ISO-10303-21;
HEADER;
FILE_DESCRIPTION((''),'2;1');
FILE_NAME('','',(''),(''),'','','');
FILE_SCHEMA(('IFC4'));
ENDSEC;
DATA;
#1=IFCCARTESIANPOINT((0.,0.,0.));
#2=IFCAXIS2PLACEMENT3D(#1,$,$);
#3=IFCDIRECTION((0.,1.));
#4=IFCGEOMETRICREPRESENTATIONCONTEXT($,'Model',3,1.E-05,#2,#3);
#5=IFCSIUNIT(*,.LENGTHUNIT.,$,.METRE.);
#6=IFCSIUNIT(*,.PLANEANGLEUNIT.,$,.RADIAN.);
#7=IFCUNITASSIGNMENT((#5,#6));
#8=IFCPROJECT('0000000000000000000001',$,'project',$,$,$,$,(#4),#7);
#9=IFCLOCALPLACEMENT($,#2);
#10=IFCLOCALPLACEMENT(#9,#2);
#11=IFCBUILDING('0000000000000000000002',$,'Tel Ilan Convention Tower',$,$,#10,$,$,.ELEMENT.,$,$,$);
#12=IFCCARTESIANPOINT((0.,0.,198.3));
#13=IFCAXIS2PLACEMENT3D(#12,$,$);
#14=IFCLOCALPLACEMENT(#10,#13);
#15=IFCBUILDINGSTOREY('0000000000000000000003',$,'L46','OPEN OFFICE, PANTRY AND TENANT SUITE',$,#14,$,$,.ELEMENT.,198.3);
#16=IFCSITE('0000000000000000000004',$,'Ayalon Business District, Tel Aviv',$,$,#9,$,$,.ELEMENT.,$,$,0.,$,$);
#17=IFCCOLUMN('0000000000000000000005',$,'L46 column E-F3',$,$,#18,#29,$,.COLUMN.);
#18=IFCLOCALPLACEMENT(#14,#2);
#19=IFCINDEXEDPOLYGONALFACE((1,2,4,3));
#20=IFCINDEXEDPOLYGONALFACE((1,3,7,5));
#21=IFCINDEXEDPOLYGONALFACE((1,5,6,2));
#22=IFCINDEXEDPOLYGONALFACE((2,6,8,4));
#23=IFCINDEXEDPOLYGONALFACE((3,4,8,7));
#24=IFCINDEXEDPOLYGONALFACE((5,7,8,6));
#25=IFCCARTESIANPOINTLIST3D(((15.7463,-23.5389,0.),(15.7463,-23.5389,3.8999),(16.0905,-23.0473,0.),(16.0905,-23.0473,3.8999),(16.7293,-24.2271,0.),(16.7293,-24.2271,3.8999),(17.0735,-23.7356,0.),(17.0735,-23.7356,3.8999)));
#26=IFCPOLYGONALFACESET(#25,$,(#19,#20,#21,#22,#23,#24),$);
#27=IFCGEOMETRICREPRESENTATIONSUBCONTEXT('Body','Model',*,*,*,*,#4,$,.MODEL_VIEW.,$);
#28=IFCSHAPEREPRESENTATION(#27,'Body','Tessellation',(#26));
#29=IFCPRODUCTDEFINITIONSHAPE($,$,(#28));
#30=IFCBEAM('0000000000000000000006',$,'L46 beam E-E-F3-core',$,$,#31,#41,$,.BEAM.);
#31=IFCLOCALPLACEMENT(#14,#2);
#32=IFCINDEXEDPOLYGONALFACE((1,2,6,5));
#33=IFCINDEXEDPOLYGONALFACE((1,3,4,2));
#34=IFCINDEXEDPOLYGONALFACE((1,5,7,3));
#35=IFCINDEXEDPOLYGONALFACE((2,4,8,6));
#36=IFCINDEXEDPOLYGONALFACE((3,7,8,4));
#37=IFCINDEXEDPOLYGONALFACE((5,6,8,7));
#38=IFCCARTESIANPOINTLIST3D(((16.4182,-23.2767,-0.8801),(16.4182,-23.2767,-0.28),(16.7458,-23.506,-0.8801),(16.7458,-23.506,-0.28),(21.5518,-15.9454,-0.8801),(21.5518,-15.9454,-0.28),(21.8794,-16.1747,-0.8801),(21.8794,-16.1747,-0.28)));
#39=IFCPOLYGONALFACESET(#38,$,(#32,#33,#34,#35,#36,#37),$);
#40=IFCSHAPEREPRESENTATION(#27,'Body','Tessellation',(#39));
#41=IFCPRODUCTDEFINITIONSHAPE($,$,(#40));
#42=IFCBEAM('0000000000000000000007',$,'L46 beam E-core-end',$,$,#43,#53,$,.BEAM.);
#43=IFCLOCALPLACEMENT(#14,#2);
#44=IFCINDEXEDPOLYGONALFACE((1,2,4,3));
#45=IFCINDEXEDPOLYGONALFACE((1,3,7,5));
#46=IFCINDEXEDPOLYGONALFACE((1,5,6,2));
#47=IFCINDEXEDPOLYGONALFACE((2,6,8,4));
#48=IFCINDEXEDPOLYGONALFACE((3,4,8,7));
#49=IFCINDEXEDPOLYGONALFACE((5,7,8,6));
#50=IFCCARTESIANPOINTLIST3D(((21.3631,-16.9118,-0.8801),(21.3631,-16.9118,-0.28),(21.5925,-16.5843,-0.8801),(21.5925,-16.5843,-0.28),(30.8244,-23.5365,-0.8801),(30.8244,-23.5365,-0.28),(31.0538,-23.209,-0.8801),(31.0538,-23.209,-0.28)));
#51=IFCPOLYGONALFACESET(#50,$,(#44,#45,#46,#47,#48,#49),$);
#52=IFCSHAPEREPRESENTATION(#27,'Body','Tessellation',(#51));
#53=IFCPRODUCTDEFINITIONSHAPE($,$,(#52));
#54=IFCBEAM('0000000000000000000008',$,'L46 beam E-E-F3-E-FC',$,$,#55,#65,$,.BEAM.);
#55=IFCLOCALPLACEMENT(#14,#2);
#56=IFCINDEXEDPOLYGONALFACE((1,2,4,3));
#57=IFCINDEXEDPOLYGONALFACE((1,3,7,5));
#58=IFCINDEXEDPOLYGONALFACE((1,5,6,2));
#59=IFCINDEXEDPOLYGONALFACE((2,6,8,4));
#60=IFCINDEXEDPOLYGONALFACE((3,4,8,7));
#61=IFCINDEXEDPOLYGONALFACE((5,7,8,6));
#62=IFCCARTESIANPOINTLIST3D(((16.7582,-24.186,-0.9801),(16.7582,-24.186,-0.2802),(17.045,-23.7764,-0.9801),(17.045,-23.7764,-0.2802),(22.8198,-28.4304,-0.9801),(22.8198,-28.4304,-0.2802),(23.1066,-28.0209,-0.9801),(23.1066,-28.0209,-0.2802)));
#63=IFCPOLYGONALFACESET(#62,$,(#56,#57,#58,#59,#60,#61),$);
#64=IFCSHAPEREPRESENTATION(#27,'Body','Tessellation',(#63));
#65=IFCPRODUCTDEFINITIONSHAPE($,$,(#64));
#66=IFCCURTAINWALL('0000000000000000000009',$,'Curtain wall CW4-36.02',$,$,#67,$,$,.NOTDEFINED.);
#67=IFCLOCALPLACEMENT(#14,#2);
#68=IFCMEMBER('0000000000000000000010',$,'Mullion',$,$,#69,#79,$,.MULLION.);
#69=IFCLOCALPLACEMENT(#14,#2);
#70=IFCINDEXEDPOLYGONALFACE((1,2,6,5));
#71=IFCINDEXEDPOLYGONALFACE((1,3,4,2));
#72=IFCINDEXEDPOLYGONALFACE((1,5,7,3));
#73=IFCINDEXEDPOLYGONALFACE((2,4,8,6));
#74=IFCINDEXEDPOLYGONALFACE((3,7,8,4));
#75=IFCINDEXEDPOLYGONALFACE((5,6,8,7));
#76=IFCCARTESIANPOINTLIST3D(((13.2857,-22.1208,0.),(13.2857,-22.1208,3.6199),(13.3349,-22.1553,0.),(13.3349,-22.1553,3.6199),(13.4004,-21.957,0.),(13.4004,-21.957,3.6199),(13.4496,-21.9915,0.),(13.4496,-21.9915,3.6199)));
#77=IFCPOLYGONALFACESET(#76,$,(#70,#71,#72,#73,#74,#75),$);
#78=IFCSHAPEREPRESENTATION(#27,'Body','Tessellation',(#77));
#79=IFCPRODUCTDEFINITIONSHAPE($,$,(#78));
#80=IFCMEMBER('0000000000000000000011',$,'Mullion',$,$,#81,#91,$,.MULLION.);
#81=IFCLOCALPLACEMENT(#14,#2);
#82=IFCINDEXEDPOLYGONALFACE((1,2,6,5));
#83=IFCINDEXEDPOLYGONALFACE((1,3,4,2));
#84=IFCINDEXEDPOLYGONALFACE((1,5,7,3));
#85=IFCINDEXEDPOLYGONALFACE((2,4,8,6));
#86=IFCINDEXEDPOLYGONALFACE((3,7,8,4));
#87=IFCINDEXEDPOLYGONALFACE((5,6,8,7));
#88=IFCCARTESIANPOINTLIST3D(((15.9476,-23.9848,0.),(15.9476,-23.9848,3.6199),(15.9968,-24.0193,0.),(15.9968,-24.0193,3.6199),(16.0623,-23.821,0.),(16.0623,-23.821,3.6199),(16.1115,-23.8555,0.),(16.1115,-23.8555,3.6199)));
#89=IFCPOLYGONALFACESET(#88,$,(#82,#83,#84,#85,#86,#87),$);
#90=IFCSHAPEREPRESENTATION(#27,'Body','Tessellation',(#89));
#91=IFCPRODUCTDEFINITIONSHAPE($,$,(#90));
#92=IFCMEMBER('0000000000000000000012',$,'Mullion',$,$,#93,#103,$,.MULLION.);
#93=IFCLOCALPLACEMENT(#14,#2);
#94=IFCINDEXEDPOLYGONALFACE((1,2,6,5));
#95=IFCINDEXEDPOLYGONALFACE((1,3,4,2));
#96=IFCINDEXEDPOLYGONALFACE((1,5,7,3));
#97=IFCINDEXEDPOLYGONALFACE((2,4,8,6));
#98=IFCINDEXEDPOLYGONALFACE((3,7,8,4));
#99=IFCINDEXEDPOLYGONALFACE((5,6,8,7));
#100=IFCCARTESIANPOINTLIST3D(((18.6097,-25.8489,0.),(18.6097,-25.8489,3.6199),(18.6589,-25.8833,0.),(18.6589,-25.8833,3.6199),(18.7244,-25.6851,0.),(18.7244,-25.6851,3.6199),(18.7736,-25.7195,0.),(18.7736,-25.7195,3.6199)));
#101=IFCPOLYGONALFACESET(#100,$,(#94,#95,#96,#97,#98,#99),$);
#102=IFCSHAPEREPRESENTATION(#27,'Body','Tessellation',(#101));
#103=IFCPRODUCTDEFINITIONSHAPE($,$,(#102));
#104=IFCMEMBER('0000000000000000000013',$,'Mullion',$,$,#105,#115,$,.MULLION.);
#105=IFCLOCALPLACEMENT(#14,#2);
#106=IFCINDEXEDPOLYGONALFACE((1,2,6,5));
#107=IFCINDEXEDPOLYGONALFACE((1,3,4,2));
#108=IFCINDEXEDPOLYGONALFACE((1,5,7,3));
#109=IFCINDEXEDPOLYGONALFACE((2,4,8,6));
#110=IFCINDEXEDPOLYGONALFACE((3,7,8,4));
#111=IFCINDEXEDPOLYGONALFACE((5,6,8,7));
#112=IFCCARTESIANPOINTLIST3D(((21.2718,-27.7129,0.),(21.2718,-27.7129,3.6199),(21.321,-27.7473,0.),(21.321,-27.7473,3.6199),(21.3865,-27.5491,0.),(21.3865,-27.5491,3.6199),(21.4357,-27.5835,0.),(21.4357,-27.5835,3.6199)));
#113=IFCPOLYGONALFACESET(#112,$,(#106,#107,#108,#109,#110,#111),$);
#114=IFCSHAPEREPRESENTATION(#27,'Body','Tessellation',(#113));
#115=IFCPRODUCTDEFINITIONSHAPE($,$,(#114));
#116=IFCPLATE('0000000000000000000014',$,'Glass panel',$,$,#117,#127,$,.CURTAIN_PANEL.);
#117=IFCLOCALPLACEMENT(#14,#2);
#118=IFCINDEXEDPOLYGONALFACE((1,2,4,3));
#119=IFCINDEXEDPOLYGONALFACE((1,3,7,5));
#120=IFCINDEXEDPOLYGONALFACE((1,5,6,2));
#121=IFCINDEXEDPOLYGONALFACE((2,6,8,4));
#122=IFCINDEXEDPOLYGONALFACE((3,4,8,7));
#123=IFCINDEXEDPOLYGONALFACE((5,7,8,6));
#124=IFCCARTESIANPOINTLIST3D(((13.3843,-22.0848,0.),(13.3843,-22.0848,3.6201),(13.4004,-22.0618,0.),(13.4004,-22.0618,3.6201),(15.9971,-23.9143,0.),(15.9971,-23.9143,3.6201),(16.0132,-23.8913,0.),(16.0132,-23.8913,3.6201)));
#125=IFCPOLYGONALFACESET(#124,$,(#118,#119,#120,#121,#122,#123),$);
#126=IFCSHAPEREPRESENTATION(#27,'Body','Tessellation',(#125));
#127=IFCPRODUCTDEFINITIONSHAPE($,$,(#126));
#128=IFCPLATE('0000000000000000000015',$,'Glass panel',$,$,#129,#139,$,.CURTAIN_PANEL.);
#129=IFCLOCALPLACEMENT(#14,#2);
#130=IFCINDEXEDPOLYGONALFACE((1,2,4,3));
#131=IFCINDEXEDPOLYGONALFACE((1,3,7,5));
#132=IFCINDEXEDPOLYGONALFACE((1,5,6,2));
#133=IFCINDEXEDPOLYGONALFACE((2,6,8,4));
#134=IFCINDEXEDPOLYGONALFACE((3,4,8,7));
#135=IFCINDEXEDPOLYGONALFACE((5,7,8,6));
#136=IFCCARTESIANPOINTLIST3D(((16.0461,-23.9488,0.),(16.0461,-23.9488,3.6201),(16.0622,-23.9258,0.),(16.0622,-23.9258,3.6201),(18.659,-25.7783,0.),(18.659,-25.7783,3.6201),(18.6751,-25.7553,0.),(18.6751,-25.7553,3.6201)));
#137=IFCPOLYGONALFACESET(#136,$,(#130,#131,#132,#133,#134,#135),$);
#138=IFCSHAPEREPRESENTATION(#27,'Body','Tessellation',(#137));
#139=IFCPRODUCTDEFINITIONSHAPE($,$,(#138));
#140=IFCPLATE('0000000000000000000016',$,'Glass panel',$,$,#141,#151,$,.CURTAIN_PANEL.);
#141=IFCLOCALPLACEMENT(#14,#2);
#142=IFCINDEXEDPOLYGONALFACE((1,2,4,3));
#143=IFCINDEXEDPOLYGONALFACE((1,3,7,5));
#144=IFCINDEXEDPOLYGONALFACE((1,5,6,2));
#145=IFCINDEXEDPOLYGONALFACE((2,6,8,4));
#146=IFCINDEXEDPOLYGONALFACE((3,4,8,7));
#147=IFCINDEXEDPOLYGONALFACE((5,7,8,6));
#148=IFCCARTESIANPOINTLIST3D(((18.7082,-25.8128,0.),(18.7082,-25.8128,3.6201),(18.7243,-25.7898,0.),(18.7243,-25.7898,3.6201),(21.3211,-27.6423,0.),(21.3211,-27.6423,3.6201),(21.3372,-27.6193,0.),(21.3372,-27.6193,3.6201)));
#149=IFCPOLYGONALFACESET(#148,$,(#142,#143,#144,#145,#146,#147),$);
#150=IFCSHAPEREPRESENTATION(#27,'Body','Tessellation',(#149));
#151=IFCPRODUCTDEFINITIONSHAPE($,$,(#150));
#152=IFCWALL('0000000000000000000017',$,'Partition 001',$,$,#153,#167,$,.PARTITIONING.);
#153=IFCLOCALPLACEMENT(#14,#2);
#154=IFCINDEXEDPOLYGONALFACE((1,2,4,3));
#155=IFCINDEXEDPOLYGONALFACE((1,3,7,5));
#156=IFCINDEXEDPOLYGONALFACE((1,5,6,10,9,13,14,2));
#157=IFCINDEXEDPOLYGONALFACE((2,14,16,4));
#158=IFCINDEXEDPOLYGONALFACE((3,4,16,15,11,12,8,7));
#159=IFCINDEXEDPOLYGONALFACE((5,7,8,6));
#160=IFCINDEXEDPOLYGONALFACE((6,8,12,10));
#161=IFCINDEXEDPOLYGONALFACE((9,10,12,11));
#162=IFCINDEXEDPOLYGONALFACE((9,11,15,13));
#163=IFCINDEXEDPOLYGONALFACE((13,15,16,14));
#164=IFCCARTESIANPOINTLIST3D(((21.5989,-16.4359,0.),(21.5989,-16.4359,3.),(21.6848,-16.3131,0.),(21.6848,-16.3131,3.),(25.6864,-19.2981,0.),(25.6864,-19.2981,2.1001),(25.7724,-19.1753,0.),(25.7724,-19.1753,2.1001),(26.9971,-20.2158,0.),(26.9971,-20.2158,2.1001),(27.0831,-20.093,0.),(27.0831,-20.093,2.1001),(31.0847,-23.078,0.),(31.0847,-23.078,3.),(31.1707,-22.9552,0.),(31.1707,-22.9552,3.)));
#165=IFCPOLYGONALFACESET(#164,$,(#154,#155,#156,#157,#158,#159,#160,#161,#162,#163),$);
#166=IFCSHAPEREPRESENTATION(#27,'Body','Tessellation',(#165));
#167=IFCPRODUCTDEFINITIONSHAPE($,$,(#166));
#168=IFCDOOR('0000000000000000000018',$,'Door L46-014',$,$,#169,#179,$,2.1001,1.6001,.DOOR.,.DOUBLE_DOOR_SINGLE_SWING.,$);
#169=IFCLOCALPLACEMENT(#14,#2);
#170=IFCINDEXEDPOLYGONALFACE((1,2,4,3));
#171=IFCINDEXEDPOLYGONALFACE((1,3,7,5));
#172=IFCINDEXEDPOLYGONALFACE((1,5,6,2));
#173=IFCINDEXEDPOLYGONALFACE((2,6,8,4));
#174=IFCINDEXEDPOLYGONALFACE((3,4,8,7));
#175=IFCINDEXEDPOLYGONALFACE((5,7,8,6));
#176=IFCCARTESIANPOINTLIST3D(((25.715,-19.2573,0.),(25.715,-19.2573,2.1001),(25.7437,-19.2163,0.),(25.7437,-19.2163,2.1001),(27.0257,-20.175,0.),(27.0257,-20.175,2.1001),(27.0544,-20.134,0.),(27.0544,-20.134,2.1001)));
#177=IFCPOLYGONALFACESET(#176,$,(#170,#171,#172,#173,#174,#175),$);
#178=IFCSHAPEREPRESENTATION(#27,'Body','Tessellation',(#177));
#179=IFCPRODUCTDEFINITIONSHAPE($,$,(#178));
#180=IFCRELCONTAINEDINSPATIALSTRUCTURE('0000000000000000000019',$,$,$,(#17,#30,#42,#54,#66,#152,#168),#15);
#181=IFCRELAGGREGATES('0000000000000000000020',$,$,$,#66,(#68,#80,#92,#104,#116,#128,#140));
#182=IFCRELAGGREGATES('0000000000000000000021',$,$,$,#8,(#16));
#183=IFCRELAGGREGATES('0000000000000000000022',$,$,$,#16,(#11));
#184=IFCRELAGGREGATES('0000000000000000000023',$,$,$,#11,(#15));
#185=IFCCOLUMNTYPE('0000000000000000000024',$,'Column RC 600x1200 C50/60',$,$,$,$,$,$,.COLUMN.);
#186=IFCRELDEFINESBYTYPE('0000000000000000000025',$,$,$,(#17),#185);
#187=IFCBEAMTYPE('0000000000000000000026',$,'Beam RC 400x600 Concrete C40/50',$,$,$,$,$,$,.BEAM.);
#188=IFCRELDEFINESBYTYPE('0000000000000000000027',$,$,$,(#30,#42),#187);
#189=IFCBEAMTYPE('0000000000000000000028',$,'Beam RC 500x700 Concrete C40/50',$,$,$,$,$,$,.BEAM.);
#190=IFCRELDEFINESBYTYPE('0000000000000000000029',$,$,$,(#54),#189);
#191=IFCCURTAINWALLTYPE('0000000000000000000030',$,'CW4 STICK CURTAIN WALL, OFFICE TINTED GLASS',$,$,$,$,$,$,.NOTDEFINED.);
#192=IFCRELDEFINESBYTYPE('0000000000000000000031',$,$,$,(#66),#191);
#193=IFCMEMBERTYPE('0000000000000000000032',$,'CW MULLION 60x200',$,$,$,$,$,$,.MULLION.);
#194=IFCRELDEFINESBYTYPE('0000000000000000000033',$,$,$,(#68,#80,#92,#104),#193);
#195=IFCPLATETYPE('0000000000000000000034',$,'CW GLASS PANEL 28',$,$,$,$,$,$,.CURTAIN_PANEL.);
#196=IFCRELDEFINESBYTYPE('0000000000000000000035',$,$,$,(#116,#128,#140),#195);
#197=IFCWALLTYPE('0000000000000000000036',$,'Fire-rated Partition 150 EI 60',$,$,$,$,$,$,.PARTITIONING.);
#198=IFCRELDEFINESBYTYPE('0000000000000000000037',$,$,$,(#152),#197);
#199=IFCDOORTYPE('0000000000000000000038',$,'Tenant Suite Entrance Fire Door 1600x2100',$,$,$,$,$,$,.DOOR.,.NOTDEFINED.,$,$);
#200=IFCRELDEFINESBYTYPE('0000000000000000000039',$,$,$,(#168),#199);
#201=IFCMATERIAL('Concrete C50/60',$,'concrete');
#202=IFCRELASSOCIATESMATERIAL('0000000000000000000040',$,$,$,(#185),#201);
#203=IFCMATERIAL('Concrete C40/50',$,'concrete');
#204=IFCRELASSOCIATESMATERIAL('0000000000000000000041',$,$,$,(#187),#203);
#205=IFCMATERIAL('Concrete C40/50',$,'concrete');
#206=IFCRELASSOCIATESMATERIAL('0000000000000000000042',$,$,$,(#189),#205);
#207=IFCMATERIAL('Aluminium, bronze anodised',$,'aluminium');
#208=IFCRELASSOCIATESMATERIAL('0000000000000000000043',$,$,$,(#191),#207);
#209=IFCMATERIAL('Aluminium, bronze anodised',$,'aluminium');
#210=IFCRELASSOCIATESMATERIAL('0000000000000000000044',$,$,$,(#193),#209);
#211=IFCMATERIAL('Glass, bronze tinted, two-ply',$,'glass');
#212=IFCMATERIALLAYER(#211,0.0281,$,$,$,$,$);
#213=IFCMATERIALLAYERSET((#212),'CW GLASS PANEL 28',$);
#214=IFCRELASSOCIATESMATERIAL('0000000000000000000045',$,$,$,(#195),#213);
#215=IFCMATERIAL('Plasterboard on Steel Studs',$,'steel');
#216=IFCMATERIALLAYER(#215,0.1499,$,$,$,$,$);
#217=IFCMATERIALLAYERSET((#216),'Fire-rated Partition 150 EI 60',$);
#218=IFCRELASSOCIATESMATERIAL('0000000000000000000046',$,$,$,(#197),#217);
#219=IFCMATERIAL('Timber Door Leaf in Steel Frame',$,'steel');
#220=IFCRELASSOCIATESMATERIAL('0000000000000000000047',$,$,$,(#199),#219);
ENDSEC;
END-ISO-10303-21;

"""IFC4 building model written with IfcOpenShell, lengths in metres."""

from ifc_helpers import new_model, si_unit, direction, frame, frame_2d, origin, origin_2d, place, context, subcontext, project, spatial, rectangle, extrude, material, layer, layer_set, material_profile, profile_set, type_object, element, fill, aggregate, save


model = new_model("IFC4")

# Units and contexts
model_context = context("Model", 3, precision=1e-05, world=origin(), true_north=direction((0.0, 1.0)))
body_context = subcontext(model_context, "Body", "Model", "MODEL_VIEW")
ifc_project = project(units=[si_unit("LENGTHUNIT", "METRE"), si_unit("PLANEANGLEUNIT", "RADIAN")], contexts=[model_context])

# Site, building, storey
site_placement = place(None, origin())
site = spatial("IfcSite", under=ifc_project, at=site_placement, Name="Ayalon Business District, Tel Aviv", CompositionType="ELEMENT", RefElevation=0.0)
building_placement = place(site_placement, origin())
building = spatial("IfcBuilding", under=site, at=building_placement, Name="Tel Ilan Convention Tower", CompositionType="ELEMENT")
storey_placement = place(building_placement, frame((0.0, 0.0, 198.3)))
storey = spatial("IfcBuildingStorey", under=building, at=storey_placement, Name="L46", Description="OPEN OFFICE, PANTRY AND TENANT SUITE", CompositionType="ELEMENT", Elevation=198.3)

# Column
ifc_material_1 = material(Name="Concrete C50/60", Category="concrete")
ifc_material_profile_1 = material_profile(ifc_material_1, rectangle(XDim=1.2, YDim=0.6001, at=origin_2d()), Name="RC 600x1200")
ifc_profile_set_1 = profile_set([ifc_material_profile_1], Name="Concrete C50/60")
column_type = type_object("IfcColumnType", Name="Column RC 600x1200 C50/60", PredefinedType="COLUMN", material=ifc_profile_set_1)
column_placement = place(storey_placement, frame((16.4099, -23.6372, 0.0), z_axis=(0.0, 0.0, 1.0), x_axis=(0.819152, -0.573576, 0.0)))
element("IfcColumn", 1, at=column_placement, inside=storey, type_object=column_type, Name="L46 column E-F3", PredefinedType="COLUMN", context=body_context, shape_type="SweptSolid", body=[
    extrude(rectangle(XDim=1.2, YDim=0.6001, at=origin_2d()), origin(), (0.0, 0.0, 1.0), 3.8999),
])

# Beams
ifc_material_2 = material(Name="Concrete C40/50", Category="concrete")
ifc_material_profile_2 = material_profile(ifc_material_2, rectangle(XDim=0.3999, YDim=0.6001, at=origin_2d()), Name="RC 400x600")
ifc_profile_set_2 = profile_set([ifc_material_profile_2], Name="Concrete C40/50")
beam_type_1 = type_object("IfcBeamType", Name="Beam RC 400x600 Concrete C40/50", PredefinedType="BEAM", material=ifc_profile_set_2)
beam_1_placement = place(storey_placement, frame((16.582, -23.3914, -0.5801), z_axis=(0.573585, 0.819146, 0.0), x_axis=(-0.819146, 0.573585, 0.0)))
element("IfcBeam", 2, at=beam_1_placement, inside=storey, type_object=beam_type_1, Name="L46 beam E-E-F3-core", PredefinedType="BEAM", context=body_context, shape_type="SweptSolid", body=[
    extrude(rectangle(XDim=0.3999, YDim=0.6001, at=origin_2d()), origin(), (0.0, 0.0, 1.0), 8.95),
])
beam_2_placement = place(storey_placement, frame((21.4778, -16.748, -0.5801), z_axis=(0.81916, -0.573564, 0.0), x_axis=(0.573564, 0.81916, 0.0)))
element("IfcBeam", 3, at=beam_2_placement, inside=storey, type_object=beam_type_1, Name="L46 beam E-core-end", PredefinedType="BEAM", context=body_context, shape_type="SweptSolid", body=[
    extrude(rectangle(XDim=0.3999, YDim=0.6001, at=origin_2d()), origin(), (0.0, 0.0, 1.0), 11.55),
])
ifc_material_3 = material(Name="Concrete C40/50", Category="concrete")
ifc_material_profile_3 = material_profile(ifc_material_3, rectangle(XDim=0.5, YDim=0.7, at=origin_2d()), Name="RC 500x700")
ifc_profile_set_3 = profile_set([ifc_material_profile_3], Name="Concrete C40/50")
beam_type_2 = type_object("IfcBeamType", Name="Beam RC 500x700 Concrete C40/50", PredefinedType="BEAM", material=ifc_profile_set_3)
beam_3_placement = place(storey_placement, frame((16.9016, -23.9812, -0.6301), z_axis=(0.819148, -0.573582, 0.0), x_axis=(0.573582, 0.819148, 0.0)))
element("IfcBeam", 4, at=beam_3_placement, inside=storey, type_object=beam_type_2, Name="L46 beam E-E-F3-E-FC", PredefinedType="BEAM", context=body_context, shape_type="SweptSolid", body=[
    extrude(rectangle(XDim=0.5, YDim=0.7, at=origin_2d()), origin(), (0.0, 0.0, 1.0), 7.3999),
])

# Curtain wall, members, plates
ifc_material_4 = material(Name="Aluminium, bronze anodised", Category="aluminium")
curtain_wall_type = type_object("IfcCurtainWallType", Name="CW4 STICK CURTAIN WALL, OFFICE TINTED GLASS", PredefinedType="NOTDEFINED", material=ifc_material_4)
curtain_wall_placement = place(storey_placement, origin())
curtain_wall = element("IfcCurtainWall", 5, at=curtain_wall_placement, inside=storey, type_object=curtain_wall_type, Name="Curtain wall CW4-36.02", PredefinedType="NOTDEFINED")
ifc_material_5 = material(Name="Aluminium, bronze anodised", Category="aluminium")
ifc_material_profile_4 = material_profile(ifc_material_5, rectangle(XDim=0.0601, YDim=0.2, at=origin_2d()), Name="CW MULLION 60x200")
ifc_profile_set_4 = profile_set([ifc_material_profile_4], Name="Aluminium, bronze anodised")
member_type = type_object("IfcMemberType", Name="CW MULLION 60x200", PredefinedType="MULLION", material=ifc_profile_set_4)
member_1_placement = place(storey_placement, frame((13.3677, -22.0562, 0.0), z_axis=(0.0, 0.0, 1.0), x_axis=(0.819152, -0.573576, 0.0)))
member_1 = element("IfcMember", 6, at=member_1_placement, type_object=member_type, Name="Mullion", PredefinedType="MULLION", context=body_context, shape_type="SweptSolid", body=[
    extrude(rectangle(XDim=0.0601, YDim=0.2, at=origin_2d()), origin(), (0.0, 0.0, 1.0), 3.6199),
])
member_2_placement = place(storey_placement, frame((16.0295, -23.9202, 0.0), z_axis=(0.0, 0.0, 1.0), x_axis=(0.819152, -0.573576, 0.0)))
member_2 = element("IfcMember", 7, at=member_2_placement, type_object=member_type, Name="Mullion", PredefinedType="MULLION", context=body_context, shape_type="SweptSolid", body=[
    extrude(rectangle(XDim=0.0601, YDim=0.2, at=origin_2d()), origin(), (0.0, 0.0, 1.0), 3.6199),
])
member_3_placement = place(storey_placement, frame((18.6917, -25.7842, 0.0), z_axis=(0.0, 0.0, 1.0), x_axis=(0.819152, -0.573576, 0.0)))
member_3 = element("IfcMember", 8, at=member_3_placement, type_object=member_type, Name="Mullion", PredefinedType="MULLION", context=body_context, shape_type="SweptSolid", body=[
    extrude(rectangle(XDim=0.0601, YDim=0.2, at=origin_2d()), origin(), (0.0, 0.0, 1.0), 3.6199),
])
member_4_placement = place(storey_placement, frame((21.3538, -27.6482, 0.0), z_axis=(0.0, 0.0, 1.0), x_axis=(0.819152, -0.573576, 0.0)))
member_4 = element("IfcMember", 9, at=member_4_placement, type_object=member_type, Name="Mullion", PredefinedType="MULLION", context=body_context, shape_type="SweptSolid", body=[
    extrude(rectangle(XDim=0.0601, YDim=0.2, at=origin_2d()), origin(), (0.0, 0.0, 1.0), 3.6199),
])
ifc_material_6 = material(Name="Glass, bronze tinted, two-ply", Category="glass")
ifc_layer_1 = layer(ifc_material_6, 0.0281)
ifc_layer_set_1 = layer_set([ifc_layer_1], Name="CW GLASS PANEL 28")
plate_type = type_object("IfcPlateType", Name="CW GLASS PANEL 28", PredefinedType="CURTAIN_PANEL", material=ifc_layer_set_1)
plate_1_placement = place(storey_placement, frame((14.6987, -22.988, 0.0), z_axis=(0.0, 0.0, 1.0), x_axis=(0.819152, -0.573576, 0.0)))
plate_1 = element("IfcPlate", 10, at=plate_1_placement, type_object=plate_type, Name="Glass panel", PredefinedType="CURTAIN_PANEL", context=body_context, shape_type="SweptSolid", body=[
    extrude(rectangle(XDim=3.1897, YDim=0.0281, at=origin_2d()), origin(), (0.0, 0.0, 1.0), 3.6201),
])
plate_2_placement = place(storey_placement, frame((17.3606, -24.8521, 0.0), z_axis=(0.0, 0.0, 1.0), x_axis=(0.819152, -0.573576, 0.0)))
plate_2 = element("IfcPlate", 11, at=plate_2_placement, type_object=plate_type, Name="Glass panel", PredefinedType="CURTAIN_PANEL", context=body_context, shape_type="SweptSolid", body=[
    extrude(rectangle(XDim=3.1897, YDim=0.0281, at=origin_2d()), origin(), (0.0, 0.0, 1.0), 3.6201),
])
plate_3_placement = place(storey_placement, frame((20.0227, -26.7161, 0.0), z_axis=(0.0, 0.0, 1.0), x_axis=(0.819152, -0.573576, 0.0)))
plate_3 = element("IfcPlate", 12, at=plate_3_placement, type_object=plate_type, Name="Glass panel", PredefinedType="CURTAIN_PANEL", context=body_context, shape_type="SweptSolid", body=[
    extrude(rectangle(XDim=3.1897, YDim=0.0281, at=origin_2d()), origin(), (0.0, 0.0, 1.0), 3.6201),
])
aggregate(curtain_wall, [member_1, member_2, member_3, member_4, plate_1, plate_2, plate_3])

# Wall, opening, door
ifc_material_7 = material(Name="Plasterboard on Steel Studs", Category="steel")
ifc_layer_2 = layer(ifc_material_7, 0.1499)
ifc_layer_set_2 = layer_set([ifc_layer_2], Name="Fire-rated Partition 150 EI 60")
wall_type_1 = type_object("IfcWallType", Name="Fire-rated Partition 150 EI 60", PredefinedType="PARTITIONING", material=ifc_layer_set_2)
wall_1_placement = place(storey_placement, frame((21.6418, -16.3745, 0.0), z_axis=(0.0, 0.0, 1.0), x_axis=(0.819151, -0.573578, 0.0)))
wall_1 = element("IfcWall", 13, at=wall_1_placement, inside=storey, type_object=wall_type_1, Name="Partition 001", PredefinedType="PARTITIONING", context=body_context, shape_type="SweptSolid", body=[
    extrude(rectangle(XDim=11.5801, YDim=0.1499, at=frame_2d((5.79, 0.0))), origin(), (0.0, 0.0, 1.0), 3.0),
])
opening_1_placement = place(wall_1_placement, frame((4.99, 0.0, 0.0)))
opening_1 = element("IfcOpeningElement", 14, at=opening_1_placement, cuts=wall_1, PredefinedType="OPENING", context=body_context, shape_type="SweptSolid", body=[
    extrude(rectangle(XDim=1.6001, YDim=2.1001, at=frame_2d((0.8, 1.05))), frame((0.0, 0.085, 0.0), z_axis=(0.0, -1.0, 0.0), x_axis=(1.0, 0.0, 0.0)), (0.0, 0.0, 1.0), 0.1699),
])
ifc_material_8 = material(Name="Timber Door Leaf in Steel Frame", Category="steel")
door_type_1 = type_object("IfcDoorType", Name="Tenant Suite Entrance Fire Door 1600x2100", OperationType="NOTDEFINED", PredefinedType="DOOR", material=ifc_material_8)
door_1_placement = place(opening_1_placement, origin())
door_1 = element("IfcDoor", 15, at=door_1_placement, inside=storey, type_object=door_type_1, Name="Door L46-014", OperationType="DOUBLE_DOOR_SINGLE_SWING", OverallHeight=2.1001, OverallWidth=1.6001, PredefinedType="DOOR", context=body_context, shape_type="SweptSolid", body=[
    extrude(rectangle(XDim=1.6001, YDim=2.1001, at=frame_2d((0.8, 1.05))), frame((0.0, 0.0249, 0.0), z_axis=(0.0, -1.0, 0.0), x_axis=(1.0, 0.0, 0.0)), (0.0, 0.0, 1.0), 0.05),
])
fill(opening_1, door_1)

save(model, "model.ifc")
